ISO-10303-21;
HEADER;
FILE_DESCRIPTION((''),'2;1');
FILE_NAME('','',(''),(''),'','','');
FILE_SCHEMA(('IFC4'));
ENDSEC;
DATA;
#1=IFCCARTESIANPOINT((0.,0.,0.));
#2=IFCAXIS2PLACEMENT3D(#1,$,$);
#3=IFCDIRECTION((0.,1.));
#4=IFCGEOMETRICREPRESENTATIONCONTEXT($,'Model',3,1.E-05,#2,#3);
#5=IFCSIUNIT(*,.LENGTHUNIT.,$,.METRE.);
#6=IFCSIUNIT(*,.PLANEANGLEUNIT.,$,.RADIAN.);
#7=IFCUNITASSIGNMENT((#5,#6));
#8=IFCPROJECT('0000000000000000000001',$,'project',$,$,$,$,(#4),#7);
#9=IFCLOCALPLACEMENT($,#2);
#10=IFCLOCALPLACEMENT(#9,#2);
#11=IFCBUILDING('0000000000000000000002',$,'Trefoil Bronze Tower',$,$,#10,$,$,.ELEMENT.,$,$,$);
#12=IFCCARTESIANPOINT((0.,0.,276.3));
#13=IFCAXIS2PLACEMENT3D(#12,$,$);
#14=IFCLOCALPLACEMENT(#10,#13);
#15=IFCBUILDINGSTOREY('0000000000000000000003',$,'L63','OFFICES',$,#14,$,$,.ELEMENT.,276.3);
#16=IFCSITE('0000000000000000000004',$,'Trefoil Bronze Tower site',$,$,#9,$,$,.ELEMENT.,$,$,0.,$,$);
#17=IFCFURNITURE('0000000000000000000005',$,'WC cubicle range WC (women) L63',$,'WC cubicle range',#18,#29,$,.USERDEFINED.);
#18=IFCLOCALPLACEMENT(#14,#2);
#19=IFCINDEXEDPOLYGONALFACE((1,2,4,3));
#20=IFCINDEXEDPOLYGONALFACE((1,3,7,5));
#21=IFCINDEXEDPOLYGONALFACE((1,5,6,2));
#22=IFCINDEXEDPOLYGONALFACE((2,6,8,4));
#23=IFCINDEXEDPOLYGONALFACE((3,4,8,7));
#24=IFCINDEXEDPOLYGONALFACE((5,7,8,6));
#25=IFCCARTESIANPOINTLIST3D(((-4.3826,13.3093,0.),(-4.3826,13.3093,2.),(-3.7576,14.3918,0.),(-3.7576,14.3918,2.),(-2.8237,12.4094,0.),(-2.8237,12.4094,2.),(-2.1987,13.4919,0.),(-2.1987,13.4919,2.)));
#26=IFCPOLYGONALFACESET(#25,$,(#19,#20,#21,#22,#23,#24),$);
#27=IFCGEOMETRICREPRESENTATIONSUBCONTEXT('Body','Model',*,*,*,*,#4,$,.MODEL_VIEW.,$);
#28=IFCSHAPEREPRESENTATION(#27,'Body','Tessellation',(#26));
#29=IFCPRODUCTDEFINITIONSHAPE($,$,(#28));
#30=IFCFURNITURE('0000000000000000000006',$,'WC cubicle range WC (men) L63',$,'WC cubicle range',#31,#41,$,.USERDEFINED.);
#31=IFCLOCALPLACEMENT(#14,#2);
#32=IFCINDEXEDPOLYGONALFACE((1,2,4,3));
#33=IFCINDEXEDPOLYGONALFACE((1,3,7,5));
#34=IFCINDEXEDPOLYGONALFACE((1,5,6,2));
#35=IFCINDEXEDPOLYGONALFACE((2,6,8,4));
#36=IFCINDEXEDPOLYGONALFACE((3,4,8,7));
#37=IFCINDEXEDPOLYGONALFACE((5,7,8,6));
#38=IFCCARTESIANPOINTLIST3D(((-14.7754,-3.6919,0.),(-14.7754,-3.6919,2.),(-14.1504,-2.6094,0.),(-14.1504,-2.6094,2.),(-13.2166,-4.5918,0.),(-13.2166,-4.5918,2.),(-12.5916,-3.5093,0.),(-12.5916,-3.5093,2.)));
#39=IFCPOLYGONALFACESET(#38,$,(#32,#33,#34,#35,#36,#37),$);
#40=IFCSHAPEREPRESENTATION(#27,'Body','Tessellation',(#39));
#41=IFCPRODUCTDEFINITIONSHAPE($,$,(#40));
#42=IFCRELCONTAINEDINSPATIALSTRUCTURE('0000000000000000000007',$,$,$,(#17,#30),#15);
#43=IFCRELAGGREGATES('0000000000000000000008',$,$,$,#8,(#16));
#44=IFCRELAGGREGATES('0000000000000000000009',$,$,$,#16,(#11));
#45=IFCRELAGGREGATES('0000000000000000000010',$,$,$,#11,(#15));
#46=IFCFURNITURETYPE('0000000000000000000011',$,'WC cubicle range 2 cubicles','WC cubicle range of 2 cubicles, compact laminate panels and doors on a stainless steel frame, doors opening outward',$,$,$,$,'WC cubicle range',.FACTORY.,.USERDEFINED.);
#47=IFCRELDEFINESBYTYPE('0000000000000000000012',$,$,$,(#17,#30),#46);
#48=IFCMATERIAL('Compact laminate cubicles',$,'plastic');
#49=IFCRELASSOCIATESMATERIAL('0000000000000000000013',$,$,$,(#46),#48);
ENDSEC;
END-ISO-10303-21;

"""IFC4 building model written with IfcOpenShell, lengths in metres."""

from ifc_helpers import new_model, si_unit, direction, frame, origin, place, context, subcontext, project, spatial, polyline, outline, extrude, material, type_object, element, save


model = new_model("IFC4")

# Units and contexts
model_context = context("Model", 3, precision=1e-05, world=origin(), true_north=direction((0.0, 1.0)))
body_context = subcontext(model_context, "Body", "Model", "MODEL_VIEW")
ifc_project = project(units=[si_unit("LENGTHUNIT", "METRE"), si_unit("PLANEANGLEUNIT", "RADIAN")], contexts=[model_context])

# Site, building, storey
site_placement = place(None, origin())
site = spatial("IfcSite", under=ifc_project, at=site_placement, Name="Trefoil Bronze Tower site", CompositionType="ELEMENT", RefElevation=0.0)
building_placement = place(site_placement, origin())
building = spatial("IfcBuilding", under=site, at=building_placement, Name="Trefoil Bronze Tower", CompositionType="ELEMENT")
storey_placement = place(building_placement, frame((0.0, 0.0, 276.3)))
storey = spatial("IfcBuildingStorey", under=building, at=storey_placement, Name="L63", Description="OFFICES", CompositionType="ELEMENT", Elevation=276.3)

# Furniture
ifc_material_1 = material(Name="Compact laminate cubicles", Category="plastic")
furniture_type_1 = type_object("IfcFurnitureType", Name="WC cubicle range 2 cubicles", Description="WC cubicle range of 2 cubicles, compact laminate panels and doors on a stainless steel frame, doors opening outward", ElementType="WC cubicle range", AssemblyPlace="FACTORY", PredefinedType="USERDEFINED", material=ifc_material_1)
furniture_1_placement = place(storey_placement, origin())
element("IfcFurniture", 1, at=furniture_1_placement, inside=storey, type_object=furniture_type_1, Name="WC cubicle range WC (women) L63", ObjectType="WC cubicle range", PredefinedType="USERDEFINED", context=body_context, shape_type="SweptSolid", body=[
    extrude(outline(polyline([(-2.8237, 12.4094), (-2.1987, 13.4919), (-3.7576, 14.3918), (-4.3826, 13.3093), (-2.8237, 12.4094)])), origin(), (0.0, 0.0, 1.0), 2.0),
])
furniture_2_placement = place(storey_placement, origin())
element("IfcFurniture", 2, at=furniture_2_placement, inside=storey, type_object=furniture_type_1, Name="WC cubicle range WC (men) L63", ObjectType="WC cubicle range", PredefinedType="USERDEFINED", context=body_context, shape_type="SweptSolid", body=[
    extrude(outline(polyline([(-12.5916, -3.5093), (-13.2166, -4.5918), (-14.7754, -3.6919), (-14.1504, -2.6094), (-12.5916, -3.5093)])), origin(), (0.0, 0.0, 1.0), 2.0),
])

save(model, "model.ifc")
